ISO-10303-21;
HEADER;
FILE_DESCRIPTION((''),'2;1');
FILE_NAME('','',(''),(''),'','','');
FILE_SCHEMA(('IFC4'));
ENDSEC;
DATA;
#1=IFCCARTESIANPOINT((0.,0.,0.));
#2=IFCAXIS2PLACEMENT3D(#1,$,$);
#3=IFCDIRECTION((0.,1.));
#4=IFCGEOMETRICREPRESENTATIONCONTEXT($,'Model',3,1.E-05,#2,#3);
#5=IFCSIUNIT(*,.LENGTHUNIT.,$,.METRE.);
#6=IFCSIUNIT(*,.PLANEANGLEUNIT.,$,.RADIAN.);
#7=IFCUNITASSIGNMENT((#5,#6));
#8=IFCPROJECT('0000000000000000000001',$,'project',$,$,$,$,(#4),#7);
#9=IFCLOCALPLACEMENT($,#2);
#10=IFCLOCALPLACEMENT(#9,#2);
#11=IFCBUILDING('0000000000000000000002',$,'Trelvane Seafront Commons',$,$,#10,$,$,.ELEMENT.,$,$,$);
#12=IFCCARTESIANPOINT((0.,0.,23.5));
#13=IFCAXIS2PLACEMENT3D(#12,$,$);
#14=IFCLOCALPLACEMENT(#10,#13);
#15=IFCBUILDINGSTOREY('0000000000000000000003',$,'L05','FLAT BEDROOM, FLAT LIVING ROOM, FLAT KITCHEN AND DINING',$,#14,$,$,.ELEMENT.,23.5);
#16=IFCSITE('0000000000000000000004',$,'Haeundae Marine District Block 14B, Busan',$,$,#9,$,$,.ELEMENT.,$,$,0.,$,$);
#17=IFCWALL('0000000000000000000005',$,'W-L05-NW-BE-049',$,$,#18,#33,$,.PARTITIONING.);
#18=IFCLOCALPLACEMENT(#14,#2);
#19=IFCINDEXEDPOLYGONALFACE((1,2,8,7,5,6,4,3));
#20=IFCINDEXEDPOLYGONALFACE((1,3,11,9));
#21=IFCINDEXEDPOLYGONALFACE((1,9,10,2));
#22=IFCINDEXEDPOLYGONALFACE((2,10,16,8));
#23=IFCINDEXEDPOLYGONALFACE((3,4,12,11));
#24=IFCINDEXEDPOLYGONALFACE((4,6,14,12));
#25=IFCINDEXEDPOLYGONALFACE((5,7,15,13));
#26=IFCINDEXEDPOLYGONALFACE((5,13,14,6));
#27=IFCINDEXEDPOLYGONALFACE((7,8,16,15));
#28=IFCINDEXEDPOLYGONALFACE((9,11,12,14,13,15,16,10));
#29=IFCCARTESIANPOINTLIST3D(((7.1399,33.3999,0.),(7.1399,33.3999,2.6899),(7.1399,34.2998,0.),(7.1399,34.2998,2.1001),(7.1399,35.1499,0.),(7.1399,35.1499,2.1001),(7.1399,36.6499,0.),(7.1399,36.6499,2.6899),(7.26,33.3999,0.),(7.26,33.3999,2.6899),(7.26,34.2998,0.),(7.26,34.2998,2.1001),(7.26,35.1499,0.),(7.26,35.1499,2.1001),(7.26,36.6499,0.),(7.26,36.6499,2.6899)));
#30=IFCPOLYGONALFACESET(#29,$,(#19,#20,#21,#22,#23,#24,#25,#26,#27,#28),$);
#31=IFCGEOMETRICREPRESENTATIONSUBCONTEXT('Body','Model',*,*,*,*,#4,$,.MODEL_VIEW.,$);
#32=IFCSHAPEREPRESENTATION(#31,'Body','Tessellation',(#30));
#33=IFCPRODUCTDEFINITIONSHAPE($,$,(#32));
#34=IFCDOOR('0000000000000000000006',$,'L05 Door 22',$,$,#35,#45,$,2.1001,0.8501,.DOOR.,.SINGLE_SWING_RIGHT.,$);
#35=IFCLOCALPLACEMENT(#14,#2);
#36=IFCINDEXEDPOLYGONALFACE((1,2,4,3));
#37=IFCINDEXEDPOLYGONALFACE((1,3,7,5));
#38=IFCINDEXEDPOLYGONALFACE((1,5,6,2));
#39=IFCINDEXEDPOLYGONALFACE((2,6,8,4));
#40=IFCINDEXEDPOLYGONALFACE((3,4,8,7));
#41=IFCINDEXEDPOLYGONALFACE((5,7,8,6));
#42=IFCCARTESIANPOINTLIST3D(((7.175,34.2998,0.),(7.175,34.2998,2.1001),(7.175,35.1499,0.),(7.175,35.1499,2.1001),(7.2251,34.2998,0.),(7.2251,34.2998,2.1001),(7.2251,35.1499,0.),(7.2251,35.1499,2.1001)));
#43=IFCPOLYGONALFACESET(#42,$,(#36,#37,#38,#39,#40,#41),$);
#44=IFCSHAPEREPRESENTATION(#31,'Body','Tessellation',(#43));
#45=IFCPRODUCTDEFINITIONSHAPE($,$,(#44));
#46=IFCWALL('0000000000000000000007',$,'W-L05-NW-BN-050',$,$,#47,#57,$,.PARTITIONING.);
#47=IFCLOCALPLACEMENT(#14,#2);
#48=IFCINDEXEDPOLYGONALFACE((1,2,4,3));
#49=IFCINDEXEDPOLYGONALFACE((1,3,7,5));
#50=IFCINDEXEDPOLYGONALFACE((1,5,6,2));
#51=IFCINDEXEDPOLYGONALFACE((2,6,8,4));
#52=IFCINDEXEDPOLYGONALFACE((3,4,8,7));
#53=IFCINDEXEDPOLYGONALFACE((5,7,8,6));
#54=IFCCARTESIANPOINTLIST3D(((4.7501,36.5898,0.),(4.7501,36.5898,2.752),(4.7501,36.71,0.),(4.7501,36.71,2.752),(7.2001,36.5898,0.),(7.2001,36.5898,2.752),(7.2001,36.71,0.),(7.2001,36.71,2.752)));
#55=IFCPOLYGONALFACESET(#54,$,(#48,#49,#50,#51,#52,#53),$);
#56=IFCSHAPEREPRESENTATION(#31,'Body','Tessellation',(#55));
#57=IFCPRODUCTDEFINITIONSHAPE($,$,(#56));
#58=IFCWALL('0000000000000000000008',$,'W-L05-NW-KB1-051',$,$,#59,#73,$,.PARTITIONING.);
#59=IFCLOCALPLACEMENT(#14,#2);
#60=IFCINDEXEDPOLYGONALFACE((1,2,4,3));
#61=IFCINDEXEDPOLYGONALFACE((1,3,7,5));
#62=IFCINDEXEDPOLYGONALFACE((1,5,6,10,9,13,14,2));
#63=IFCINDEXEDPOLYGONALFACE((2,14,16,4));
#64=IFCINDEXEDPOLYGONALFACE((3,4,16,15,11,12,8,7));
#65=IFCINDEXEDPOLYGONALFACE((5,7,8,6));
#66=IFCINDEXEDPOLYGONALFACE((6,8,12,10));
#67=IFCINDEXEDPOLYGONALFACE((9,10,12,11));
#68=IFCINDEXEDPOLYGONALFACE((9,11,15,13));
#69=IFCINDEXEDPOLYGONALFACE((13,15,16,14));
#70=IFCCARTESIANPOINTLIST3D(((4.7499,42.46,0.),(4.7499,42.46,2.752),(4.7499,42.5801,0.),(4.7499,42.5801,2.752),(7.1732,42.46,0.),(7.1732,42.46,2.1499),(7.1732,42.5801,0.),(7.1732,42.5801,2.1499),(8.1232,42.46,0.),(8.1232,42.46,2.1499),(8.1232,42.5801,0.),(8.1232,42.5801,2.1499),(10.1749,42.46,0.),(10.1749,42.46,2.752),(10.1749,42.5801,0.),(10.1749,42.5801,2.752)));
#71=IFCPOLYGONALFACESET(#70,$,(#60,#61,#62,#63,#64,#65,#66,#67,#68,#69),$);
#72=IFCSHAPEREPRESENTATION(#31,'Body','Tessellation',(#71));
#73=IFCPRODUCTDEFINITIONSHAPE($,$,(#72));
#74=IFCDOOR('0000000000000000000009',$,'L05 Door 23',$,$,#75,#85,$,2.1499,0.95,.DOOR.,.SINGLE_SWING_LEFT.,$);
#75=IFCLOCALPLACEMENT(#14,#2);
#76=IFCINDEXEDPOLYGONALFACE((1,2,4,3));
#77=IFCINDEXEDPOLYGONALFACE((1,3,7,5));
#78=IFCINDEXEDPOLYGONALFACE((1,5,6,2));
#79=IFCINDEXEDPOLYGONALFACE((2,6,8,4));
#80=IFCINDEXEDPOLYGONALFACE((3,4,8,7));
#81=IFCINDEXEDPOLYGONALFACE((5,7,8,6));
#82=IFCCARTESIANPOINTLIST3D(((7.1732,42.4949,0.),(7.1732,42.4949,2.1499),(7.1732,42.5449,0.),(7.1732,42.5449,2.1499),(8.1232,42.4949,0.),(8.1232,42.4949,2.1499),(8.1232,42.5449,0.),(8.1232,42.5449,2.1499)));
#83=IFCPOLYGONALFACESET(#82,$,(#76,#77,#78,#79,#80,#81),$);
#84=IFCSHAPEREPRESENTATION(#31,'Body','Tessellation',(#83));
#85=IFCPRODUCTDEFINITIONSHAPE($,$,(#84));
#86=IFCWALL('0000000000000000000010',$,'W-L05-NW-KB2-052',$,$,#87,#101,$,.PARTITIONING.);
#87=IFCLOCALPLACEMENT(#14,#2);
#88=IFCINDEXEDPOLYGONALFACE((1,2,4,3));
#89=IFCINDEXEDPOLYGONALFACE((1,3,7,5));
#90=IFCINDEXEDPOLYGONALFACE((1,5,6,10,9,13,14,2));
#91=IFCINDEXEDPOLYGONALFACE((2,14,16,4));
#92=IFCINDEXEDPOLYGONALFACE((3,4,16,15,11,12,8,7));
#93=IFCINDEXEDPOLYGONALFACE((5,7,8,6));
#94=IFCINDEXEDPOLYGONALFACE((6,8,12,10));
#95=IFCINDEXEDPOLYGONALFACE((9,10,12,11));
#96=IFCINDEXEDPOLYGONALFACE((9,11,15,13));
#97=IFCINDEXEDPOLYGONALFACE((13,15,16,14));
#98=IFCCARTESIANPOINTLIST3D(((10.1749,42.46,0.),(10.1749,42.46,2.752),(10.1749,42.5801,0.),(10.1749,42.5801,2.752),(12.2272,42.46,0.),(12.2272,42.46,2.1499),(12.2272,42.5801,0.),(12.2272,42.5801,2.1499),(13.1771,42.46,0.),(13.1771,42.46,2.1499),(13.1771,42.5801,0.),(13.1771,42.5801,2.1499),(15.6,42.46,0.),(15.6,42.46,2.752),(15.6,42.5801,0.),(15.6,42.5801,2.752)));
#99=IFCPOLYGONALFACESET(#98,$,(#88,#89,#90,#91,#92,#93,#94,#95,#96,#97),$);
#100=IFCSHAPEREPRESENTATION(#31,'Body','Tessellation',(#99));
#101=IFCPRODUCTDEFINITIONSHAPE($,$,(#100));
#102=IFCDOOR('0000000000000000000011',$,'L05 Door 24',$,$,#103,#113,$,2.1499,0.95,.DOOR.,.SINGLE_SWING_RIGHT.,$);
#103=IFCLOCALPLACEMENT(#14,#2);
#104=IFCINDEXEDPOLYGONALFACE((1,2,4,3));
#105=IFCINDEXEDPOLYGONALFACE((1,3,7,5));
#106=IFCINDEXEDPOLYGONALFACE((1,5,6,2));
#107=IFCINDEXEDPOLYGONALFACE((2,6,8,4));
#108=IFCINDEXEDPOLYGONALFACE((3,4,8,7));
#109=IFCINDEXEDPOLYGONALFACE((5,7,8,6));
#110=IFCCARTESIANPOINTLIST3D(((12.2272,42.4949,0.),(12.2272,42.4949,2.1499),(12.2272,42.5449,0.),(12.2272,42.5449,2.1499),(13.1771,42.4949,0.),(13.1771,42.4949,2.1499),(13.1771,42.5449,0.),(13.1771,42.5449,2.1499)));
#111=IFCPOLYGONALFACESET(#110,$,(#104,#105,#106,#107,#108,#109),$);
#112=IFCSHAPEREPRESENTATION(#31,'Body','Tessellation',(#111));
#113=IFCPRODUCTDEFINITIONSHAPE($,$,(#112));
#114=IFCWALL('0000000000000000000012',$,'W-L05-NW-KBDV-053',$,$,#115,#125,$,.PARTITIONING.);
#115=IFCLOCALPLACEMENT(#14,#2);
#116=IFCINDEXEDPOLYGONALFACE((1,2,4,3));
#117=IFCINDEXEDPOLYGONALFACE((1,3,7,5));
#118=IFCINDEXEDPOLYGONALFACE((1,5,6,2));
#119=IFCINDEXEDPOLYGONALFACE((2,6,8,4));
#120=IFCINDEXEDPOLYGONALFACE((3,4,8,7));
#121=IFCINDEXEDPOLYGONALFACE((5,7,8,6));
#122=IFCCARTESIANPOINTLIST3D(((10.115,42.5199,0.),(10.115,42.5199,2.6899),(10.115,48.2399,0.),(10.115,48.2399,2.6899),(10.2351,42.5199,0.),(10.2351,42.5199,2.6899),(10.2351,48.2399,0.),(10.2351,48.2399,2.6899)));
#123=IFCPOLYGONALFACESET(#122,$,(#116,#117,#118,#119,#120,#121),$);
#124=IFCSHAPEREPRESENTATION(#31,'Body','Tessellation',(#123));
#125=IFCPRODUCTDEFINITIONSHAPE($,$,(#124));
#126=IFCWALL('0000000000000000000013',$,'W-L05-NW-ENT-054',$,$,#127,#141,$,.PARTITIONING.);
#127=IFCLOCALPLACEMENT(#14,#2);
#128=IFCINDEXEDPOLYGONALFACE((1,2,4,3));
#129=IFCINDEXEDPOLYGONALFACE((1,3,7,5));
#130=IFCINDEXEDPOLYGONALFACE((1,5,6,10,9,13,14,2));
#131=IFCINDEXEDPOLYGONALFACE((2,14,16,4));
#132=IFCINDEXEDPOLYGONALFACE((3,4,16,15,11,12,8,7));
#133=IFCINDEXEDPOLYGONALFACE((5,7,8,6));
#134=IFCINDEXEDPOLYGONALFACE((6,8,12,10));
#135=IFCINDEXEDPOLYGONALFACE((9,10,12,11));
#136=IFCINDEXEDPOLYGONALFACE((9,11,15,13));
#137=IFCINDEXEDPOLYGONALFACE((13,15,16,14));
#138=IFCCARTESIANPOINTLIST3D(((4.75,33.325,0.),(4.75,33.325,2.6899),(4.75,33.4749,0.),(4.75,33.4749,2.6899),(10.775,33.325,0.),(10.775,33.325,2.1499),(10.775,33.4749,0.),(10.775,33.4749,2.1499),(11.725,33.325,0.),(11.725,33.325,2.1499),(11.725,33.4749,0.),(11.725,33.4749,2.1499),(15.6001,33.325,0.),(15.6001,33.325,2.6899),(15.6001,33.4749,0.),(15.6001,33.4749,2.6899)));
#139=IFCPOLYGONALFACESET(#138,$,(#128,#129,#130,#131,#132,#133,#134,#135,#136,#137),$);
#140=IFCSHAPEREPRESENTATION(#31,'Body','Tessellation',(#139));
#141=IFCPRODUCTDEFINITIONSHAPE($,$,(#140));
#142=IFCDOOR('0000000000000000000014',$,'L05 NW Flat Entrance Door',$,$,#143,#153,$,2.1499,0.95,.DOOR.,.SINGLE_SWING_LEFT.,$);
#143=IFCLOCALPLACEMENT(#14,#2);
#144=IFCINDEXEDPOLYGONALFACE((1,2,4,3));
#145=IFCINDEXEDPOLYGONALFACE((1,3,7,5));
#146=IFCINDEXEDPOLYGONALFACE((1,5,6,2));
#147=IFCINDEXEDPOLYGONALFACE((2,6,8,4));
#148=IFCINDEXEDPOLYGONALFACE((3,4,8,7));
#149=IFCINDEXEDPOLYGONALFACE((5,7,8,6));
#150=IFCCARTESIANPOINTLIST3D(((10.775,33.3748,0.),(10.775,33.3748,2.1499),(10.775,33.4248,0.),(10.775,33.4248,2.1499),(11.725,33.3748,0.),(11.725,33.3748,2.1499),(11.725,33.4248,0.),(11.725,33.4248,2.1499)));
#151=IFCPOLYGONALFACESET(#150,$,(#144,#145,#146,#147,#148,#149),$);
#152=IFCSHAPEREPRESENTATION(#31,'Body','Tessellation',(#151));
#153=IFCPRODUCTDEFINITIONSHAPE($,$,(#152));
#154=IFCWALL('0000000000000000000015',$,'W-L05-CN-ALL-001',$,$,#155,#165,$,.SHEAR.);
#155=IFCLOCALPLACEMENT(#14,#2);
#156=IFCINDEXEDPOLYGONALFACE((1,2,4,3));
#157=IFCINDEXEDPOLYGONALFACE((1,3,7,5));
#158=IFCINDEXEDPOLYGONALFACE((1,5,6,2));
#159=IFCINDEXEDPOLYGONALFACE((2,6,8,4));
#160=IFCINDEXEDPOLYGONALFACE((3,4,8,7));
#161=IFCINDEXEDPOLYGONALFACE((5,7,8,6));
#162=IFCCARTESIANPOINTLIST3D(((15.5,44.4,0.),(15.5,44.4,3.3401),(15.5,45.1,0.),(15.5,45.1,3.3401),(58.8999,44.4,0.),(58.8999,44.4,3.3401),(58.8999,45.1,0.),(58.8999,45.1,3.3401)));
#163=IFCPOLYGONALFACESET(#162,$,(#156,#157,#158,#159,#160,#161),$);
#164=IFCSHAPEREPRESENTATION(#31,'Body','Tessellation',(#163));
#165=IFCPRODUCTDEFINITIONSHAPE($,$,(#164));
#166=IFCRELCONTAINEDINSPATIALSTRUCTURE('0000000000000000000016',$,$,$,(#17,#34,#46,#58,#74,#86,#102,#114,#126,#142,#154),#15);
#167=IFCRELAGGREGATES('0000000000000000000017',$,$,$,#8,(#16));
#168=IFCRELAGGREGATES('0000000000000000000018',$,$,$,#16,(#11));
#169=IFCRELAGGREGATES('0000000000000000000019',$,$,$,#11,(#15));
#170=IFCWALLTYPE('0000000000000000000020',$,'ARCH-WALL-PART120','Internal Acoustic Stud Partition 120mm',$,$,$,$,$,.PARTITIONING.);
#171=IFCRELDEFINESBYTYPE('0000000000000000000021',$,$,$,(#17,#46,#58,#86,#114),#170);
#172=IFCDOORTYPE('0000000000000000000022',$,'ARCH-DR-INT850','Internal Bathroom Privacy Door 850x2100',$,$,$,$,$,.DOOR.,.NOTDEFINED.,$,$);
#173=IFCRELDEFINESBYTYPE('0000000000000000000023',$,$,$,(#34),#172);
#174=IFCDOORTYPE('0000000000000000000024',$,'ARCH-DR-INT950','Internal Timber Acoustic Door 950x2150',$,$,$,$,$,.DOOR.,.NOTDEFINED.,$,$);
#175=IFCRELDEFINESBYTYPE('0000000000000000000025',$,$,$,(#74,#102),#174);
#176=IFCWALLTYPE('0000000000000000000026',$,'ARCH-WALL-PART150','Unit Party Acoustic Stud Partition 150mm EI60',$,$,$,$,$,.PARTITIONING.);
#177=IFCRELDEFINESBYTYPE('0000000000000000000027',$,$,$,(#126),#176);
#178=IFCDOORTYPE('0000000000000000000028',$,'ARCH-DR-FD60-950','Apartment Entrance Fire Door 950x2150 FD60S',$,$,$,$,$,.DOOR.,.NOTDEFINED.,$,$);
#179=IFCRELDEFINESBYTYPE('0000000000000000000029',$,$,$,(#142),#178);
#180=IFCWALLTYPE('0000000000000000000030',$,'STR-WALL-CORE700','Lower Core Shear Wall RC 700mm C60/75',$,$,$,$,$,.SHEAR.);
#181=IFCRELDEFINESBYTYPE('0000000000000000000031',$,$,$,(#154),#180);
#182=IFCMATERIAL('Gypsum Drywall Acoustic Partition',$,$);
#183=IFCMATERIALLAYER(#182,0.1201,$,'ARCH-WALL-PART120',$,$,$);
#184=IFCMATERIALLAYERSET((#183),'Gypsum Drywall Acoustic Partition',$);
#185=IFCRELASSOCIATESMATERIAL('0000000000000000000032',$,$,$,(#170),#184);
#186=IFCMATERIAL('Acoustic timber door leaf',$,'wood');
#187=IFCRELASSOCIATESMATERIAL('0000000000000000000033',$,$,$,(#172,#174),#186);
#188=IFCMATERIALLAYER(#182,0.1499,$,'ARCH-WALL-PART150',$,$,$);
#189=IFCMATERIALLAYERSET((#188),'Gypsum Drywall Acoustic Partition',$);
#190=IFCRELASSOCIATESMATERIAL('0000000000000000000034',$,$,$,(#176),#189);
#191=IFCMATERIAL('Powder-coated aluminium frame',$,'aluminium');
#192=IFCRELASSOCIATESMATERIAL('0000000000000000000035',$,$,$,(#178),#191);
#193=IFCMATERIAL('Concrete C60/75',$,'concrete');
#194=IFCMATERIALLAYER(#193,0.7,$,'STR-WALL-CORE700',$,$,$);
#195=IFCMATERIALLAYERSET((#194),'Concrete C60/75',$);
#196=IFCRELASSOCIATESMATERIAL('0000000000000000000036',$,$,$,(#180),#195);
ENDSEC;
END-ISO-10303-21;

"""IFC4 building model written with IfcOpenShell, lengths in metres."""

from ifc_helpers import new_model, si_unit, direction, frame, frame_2d, origin, place, context, subcontext, project, spatial, rectangle, extrude, source, transform, mapped, material, layer, layer_set, type_object, element, fill, save


model = new_model("IFC4")

# Units and contexts
model_context = context("Model", 3, precision=1e-05, world=origin(), true_north=direction((0.0, 1.0)))
body_context = subcontext(model_context, "Body", "Model", "MODEL_VIEW")
ifc_project = project(units=[si_unit("LENGTHUNIT", "METRE"), si_unit("PLANEANGLEUNIT", "RADIAN")], contexts=[model_context])

# Site, building, storey
site_placement = place(None, origin())
site = spatial("IfcSite", under=ifc_project, at=site_placement, Name="Haeundae Marine District Block 14B, Busan", CompositionType="ELEMENT", RefElevation=0.0)
building_placement = place(site_placement, origin())
building = spatial("IfcBuilding", under=site, at=building_placement, Name="Trelvane Seafront Commons", CompositionType="ELEMENT")
storey_placement = place(building_placement, frame((0.0, 0.0, 23.5)))
storey = spatial("IfcBuildingStorey", under=building, at=storey_placement, Name="L05", Description="FLAT BEDROOM, FLAT LIVING ROOM, FLAT KITCHEN AND DINING", CompositionType="ELEMENT", Elevation=23.5)

# Shared definitions
ifc_material_1 = material(Name="Concrete C60/75", Category="concrete")

# Wall, opening, door
ifc_material_2 = material(Name="Gypsum Drywall Acoustic Partition")
ifc_layer_1 = layer(ifc_material_2, 0.1201, Name="ARCH-WALL-PART120")
ifc_layer_set_1 = layer_set([ifc_layer_1], Name="Gypsum Drywall Acoustic Partition")
wall_type_1 = type_object("IfcWallType", Name="ARCH-WALL-PART120", Description="Internal Acoustic Stud Partition 120mm", PredefinedType="PARTITIONING", material=ifc_layer_set_1)
wall_1_placement = place(storey_placement, frame((7.2, 33.3999, 0.0), z_axis=(0.0, 0.0, 1.0), x_axis=(0.0, 1.0, 0.0)))
wall_1 = element("IfcWall", 1, at=wall_1_placement, inside=storey, type_object=wall_type_1, Name="W-L05-NW-BE-049", PredefinedType="PARTITIONING", context=body_context, shape_type="SweptSolid", body=[
    extrude(rectangle(XDim=3.25, YDim=0.1201, at=frame_2d((1.625, 0.0))), origin(), (0.0, 0.0, 1.0), 2.6899),
])
opening_1_placement = place(wall_1_placement, frame((0.8999, 0.0, 0.0)))
opening_1 = element("IfcOpeningElement", 2, at=opening_1_placement, cuts=wall_1, PredefinedType="OPENING", context=body_context, shape_type="SweptSolid", body=[
    extrude(rectangle(XDim=0.8501, YDim=2.1001, at=frame_2d((0.425, 1.05))), frame((0.0, 0.0701, 0.0), z_axis=(0.0, -1.0, 0.0), x_axis=(1.0, 0.0, 0.0)), (0.0, 0.0, 1.0), 0.1401),
])
ifc_material_3 = material(Name="Acoustic timber door leaf", Category="wood")
door_type_1 = type_object("IfcDoorType", Name="ARCH-DR-INT850", Description="Internal Bathroom Privacy Door 850x2100", OperationType="NOTDEFINED", PredefinedType="DOOR", material=ifc_material_3)
shared_shape_1 = source(origin(), body_context, "Body", "SweptSolid", [
    extrude(rectangle(XDim=0.8501, YDim=2.1001, at=frame_2d((0.425, 1.05))), frame((0.0, 0.0249, 0.0), z_axis=(0.0, -1.0, 0.0), x_axis=(1.0, 0.0, 0.0)), (0.0, 0.0, 1.0), 0.05),
])
door_1_placement = place(opening_1_placement, origin())
door_1 = element("IfcDoor", 3, at=door_1_placement, inside=storey, type_object=door_type_1, Name="L05 Door 22", OperationType="SINGLE_SWING_RIGHT", OverallHeight=2.1001, OverallWidth=0.8501, PredefinedType="DOOR", context=body_context, shape_type="MappedRepresentation", body=[
    mapped(shared_shape_1, transform((0.0, 0.0, 0.0), x_axis=(1.0, 0.0, 0.0), y_axis=(0.0, 1.0, 0.0), z_axis=(0.0, 0.0, 1.0), scale=1.0)),
])
fill(opening_1, door_1)

# Wall
wall_2_placement = place(storey_placement, frame((4.75, 36.6499, 0.0), z_axis=(0.0, 0.0, 1.0), x_axis=(1.0, 0.0, 0.0)))
element("IfcWall", 4, at=wall_2_placement, inside=storey, type_object=wall_type_1, Name="W-L05-NW-BN-050", PredefinedType="PARTITIONING", context=body_context, shape_type="SweptSolid", body=[
    extrude(rectangle(XDim=2.45, YDim=0.1201, at=frame_2d((1.2251, 0.0))), origin(), (0.0, 0.0, 1.0), 2.752),
])

# Walls, openings, doors
wall_3_placement = place(storey_placement, frame((4.75, 42.52, 0.0), z_axis=(0.0, 0.0, 1.0), x_axis=(1.0, 0.0, 0.0)))
wall_3 = element("IfcWall", 5, at=wall_3_placement, inside=storey, type_object=wall_type_1, Name="W-L05-NW-KB1-051", PredefinedType="PARTITIONING", context=body_context, shape_type="SweptSolid", body=[
    extrude(rectangle(XDim=5.425, YDim=0.1201, at=frame_2d((2.7124, 0.0))), origin(), (0.0, 0.0, 1.0), 2.752),
])
opening_2_placement = place(wall_3_placement, frame((2.4231, 0.0, 0.0)))
opening_2 = element("IfcOpeningElement", 6, at=opening_2_placement, cuts=wall_3, PredefinedType="OPENING", context=body_context, shape_type="SweptSolid", body=[
    extrude(rectangle(XDim=0.95, YDim=2.1499, at=frame_2d((0.4751, 1.075))), frame((0.0, 0.0701, 0.0), z_axis=(0.0, -1.0, 0.0), x_axis=(1.0, 0.0, 0.0)), (0.0, 0.0, 1.0), 0.1401),
])
door_type_2 = type_object("IfcDoorType", Name="ARCH-DR-INT950", Description="Internal Timber Acoustic Door 950x2150", OperationType="NOTDEFINED", PredefinedType="DOOR", material=ifc_material_3)
shared_shape_2 = source(origin(), body_context, "Body", "SweptSolid", [
    extrude(rectangle(XDim=0.95, YDim=2.1499, at=frame_2d((0.4751, 1.075))), frame((0.0, 0.0249, 0.0), z_axis=(0.0, -1.0, 0.0), x_axis=(1.0, 0.0, 0.0)), (0.0, 0.0, 1.0), 0.05),
])
door_2_placement = place(opening_2_placement, origin())
door_2 = element("IfcDoor", 7, at=door_2_placement, inside=storey, type_object=door_type_2, Name="L05 Door 23", OperationType="SINGLE_SWING_LEFT", OverallHeight=2.1499, OverallWidth=0.95, PredefinedType="DOOR", context=body_context, shape_type="MappedRepresentation", body=[
    mapped(shared_shape_2, transform((0.0, 0.0, 0.0), x_axis=(1.0, 0.0, 0.0), y_axis=(0.0, 1.0, 0.0), z_axis=(0.0, 0.0, 1.0), scale=1.0)),
])
fill(opening_2, door_2)
wall_4_placement = place(storey_placement, frame((10.175, 42.52, 0.0), z_axis=(0.0, 0.0, 1.0), x_axis=(1.0, 0.0, 0.0)))
wall_4 = element("IfcWall", 8, at=wall_4_placement, inside=storey, type_object=wall_type_1, Name="W-L05-NW-KB2-052", PredefinedType="PARTITIONING", context=body_context, shape_type="SweptSolid", body=[
    extrude(rectangle(XDim=5.425, YDim=0.1201, at=frame_2d((2.7124, 0.0))), origin(), (0.0, 0.0, 1.0), 2.752),
])
opening_3_placement = place(wall_4_placement, frame((2.052, 0.0, 0.0)))
opening_3 = element("IfcOpeningElement", 9, at=opening_3_placement, cuts=wall_4, PredefinedType="OPENING", context=body_context, shape_type="SweptSolid", body=[
    extrude(rectangle(XDim=0.95, YDim=2.1499, at=frame_2d((0.4751, 1.075))), frame((0.0, 0.0701, 0.0), z_axis=(0.0, -1.0, 0.0), x_axis=(1.0, 0.0, 0.0)), (0.0, 0.0, 1.0), 0.1401),
])
door_3_placement = place(opening_3_placement, origin())
door_3 = element("IfcDoor", 10, at=door_3_placement, inside=storey, type_object=door_type_2, Name="L05 Door 24", OperationType="SINGLE_SWING_RIGHT", OverallHeight=2.1499, OverallWidth=0.95, PredefinedType="DOOR", context=body_context, shape_type="MappedRepresentation", body=[
    mapped(shared_shape_2, transform((0.0, 0.0, 0.0), x_axis=(1.0, 0.0, 0.0), y_axis=(0.0, 1.0, 0.0), z_axis=(0.0, 0.0, 1.0), scale=1.0)),
])
fill(opening_3, door_3)

# Wall
wall_5_placement = place(storey_placement, frame((10.175, 42.52, 0.0), z_axis=(0.0, 0.0, 1.0), x_axis=(0.0, 1.0, 0.0)))
element("IfcWall", 11, at=wall_5_placement, inside=storey, type_object=wall_type_1, Name="W-L05-NW-KBDV-053", PredefinedType="PARTITIONING", context=body_context, shape_type="SweptSolid", body=[
    extrude(rectangle(XDim=5.72, YDim=0.1201, at=frame_2d((2.8599, 0.0))), origin(), (0.0, 0.0, 1.0), 2.6899),
])

# Wall, opening, door
ifc_layer_2 = layer(ifc_material_2, 0.1499, Name="ARCH-WALL-PART150")
ifc_layer_set_2 = layer_set([ifc_layer_2], Name="Gypsum Drywall Acoustic Partition")
wall_type_2 = type_object("IfcWallType", Name="ARCH-WALL-PART150", Description="Unit Party Acoustic Stud Partition 150mm EI60", PredefinedType="PARTITIONING", material=ifc_layer_set_2)
wall_6_placement = place(storey_placement, frame((4.75, 33.3999, 0.0), z_axis=(0.0, 0.0, 1.0), x_axis=(1.0, 0.0, 0.0)))
wall_6 = element("IfcWall", 12, at=wall_6_placement, inside=storey, type_object=wall_type_2, Name="W-L05-NW-ENT-054", PredefinedType="PARTITIONING", context=body_context, shape_type="SweptSolid", body=[
    extrude(rectangle(XDim=10.8501, YDim=0.1499, at=frame_2d((5.425, 0.0))), origin(), (0.0, 0.0, 1.0), 2.6899),
])
opening_4_placement = place(wall_6_placement, frame((6.0249, 0.0, 0.0)))
opening_4 = element("IfcOpeningElement", 13, at=opening_4_placement, cuts=wall_6, PredefinedType="OPENING", context=body_context, shape_type="SweptSolid", body=[
    extrude(rectangle(XDim=0.95, YDim=2.1499, at=frame_2d((0.4751, 1.075))), frame((0.0, 0.085, 0.0), z_axis=(0.0, -1.0, 0.0), x_axis=(1.0, 0.0, 0.0)), (0.0, 0.0, 1.0), 0.1699),
])
ifc_material_4 = material(Name="Powder-coated aluminium frame", Category="aluminium")
door_type_3 = type_object("IfcDoorType", Name="ARCH-DR-FD60-950", Description="Apartment Entrance Fire Door 950x2150 FD60S", OperationType="NOTDEFINED", PredefinedType="DOOR", material=ifc_material_4)
door_4_placement = place(opening_4_placement, origin())
door_4 = element("IfcDoor", 14, at=door_4_placement, inside=storey, type_object=door_type_3, Name="L05 NW Flat Entrance Door", OperationType="SINGLE_SWING_LEFT", OverallHeight=2.1499, OverallWidth=0.95, PredefinedType="DOOR", context=body_context, shape_type="MappedRepresentation", body=[
    mapped(shared_shape_2, transform((0.0, 0.0, 0.0), x_axis=(1.0, 0.0, 0.0), y_axis=(0.0, 1.0, 0.0), z_axis=(0.0, 0.0, 1.0), scale=1.0)),
])
fill(opening_4, door_4)

# Wall
ifc_layer_3 = layer(ifc_material_1, 0.7, Name="STR-WALL-CORE700")
ifc_layer_set_3 = layer_set([ifc_layer_3], Name="Concrete C60/75")
wall_type_3 = type_object("IfcWallType", Name="STR-WALL-CORE700", Description="Lower Core Shear Wall RC 700mm C60/75", PredefinedType="SHEAR", material=ifc_layer_set_3)
wall_7_placement = place(storey_placement, frame((15.5, 44.75, 0.0), z_axis=(0.0, 0.0, 1.0), x_axis=(1.0, 0.0, 0.0)))
element("IfcWall", 15, at=wall_7_placement, inside=storey, type_object=wall_type_3, Name="W-L05-CN-ALL-001", PredefinedType="SHEAR", context=body_context, shape_type="SweptSolid", body=[
    extrude(rectangle(XDim=43.3999, YDim=0.7, at=frame_2d((21.7, 0.0))), origin(), (0.0, 0.0, 1.0), 3.3401),
])

save(model, "model.ifc")
